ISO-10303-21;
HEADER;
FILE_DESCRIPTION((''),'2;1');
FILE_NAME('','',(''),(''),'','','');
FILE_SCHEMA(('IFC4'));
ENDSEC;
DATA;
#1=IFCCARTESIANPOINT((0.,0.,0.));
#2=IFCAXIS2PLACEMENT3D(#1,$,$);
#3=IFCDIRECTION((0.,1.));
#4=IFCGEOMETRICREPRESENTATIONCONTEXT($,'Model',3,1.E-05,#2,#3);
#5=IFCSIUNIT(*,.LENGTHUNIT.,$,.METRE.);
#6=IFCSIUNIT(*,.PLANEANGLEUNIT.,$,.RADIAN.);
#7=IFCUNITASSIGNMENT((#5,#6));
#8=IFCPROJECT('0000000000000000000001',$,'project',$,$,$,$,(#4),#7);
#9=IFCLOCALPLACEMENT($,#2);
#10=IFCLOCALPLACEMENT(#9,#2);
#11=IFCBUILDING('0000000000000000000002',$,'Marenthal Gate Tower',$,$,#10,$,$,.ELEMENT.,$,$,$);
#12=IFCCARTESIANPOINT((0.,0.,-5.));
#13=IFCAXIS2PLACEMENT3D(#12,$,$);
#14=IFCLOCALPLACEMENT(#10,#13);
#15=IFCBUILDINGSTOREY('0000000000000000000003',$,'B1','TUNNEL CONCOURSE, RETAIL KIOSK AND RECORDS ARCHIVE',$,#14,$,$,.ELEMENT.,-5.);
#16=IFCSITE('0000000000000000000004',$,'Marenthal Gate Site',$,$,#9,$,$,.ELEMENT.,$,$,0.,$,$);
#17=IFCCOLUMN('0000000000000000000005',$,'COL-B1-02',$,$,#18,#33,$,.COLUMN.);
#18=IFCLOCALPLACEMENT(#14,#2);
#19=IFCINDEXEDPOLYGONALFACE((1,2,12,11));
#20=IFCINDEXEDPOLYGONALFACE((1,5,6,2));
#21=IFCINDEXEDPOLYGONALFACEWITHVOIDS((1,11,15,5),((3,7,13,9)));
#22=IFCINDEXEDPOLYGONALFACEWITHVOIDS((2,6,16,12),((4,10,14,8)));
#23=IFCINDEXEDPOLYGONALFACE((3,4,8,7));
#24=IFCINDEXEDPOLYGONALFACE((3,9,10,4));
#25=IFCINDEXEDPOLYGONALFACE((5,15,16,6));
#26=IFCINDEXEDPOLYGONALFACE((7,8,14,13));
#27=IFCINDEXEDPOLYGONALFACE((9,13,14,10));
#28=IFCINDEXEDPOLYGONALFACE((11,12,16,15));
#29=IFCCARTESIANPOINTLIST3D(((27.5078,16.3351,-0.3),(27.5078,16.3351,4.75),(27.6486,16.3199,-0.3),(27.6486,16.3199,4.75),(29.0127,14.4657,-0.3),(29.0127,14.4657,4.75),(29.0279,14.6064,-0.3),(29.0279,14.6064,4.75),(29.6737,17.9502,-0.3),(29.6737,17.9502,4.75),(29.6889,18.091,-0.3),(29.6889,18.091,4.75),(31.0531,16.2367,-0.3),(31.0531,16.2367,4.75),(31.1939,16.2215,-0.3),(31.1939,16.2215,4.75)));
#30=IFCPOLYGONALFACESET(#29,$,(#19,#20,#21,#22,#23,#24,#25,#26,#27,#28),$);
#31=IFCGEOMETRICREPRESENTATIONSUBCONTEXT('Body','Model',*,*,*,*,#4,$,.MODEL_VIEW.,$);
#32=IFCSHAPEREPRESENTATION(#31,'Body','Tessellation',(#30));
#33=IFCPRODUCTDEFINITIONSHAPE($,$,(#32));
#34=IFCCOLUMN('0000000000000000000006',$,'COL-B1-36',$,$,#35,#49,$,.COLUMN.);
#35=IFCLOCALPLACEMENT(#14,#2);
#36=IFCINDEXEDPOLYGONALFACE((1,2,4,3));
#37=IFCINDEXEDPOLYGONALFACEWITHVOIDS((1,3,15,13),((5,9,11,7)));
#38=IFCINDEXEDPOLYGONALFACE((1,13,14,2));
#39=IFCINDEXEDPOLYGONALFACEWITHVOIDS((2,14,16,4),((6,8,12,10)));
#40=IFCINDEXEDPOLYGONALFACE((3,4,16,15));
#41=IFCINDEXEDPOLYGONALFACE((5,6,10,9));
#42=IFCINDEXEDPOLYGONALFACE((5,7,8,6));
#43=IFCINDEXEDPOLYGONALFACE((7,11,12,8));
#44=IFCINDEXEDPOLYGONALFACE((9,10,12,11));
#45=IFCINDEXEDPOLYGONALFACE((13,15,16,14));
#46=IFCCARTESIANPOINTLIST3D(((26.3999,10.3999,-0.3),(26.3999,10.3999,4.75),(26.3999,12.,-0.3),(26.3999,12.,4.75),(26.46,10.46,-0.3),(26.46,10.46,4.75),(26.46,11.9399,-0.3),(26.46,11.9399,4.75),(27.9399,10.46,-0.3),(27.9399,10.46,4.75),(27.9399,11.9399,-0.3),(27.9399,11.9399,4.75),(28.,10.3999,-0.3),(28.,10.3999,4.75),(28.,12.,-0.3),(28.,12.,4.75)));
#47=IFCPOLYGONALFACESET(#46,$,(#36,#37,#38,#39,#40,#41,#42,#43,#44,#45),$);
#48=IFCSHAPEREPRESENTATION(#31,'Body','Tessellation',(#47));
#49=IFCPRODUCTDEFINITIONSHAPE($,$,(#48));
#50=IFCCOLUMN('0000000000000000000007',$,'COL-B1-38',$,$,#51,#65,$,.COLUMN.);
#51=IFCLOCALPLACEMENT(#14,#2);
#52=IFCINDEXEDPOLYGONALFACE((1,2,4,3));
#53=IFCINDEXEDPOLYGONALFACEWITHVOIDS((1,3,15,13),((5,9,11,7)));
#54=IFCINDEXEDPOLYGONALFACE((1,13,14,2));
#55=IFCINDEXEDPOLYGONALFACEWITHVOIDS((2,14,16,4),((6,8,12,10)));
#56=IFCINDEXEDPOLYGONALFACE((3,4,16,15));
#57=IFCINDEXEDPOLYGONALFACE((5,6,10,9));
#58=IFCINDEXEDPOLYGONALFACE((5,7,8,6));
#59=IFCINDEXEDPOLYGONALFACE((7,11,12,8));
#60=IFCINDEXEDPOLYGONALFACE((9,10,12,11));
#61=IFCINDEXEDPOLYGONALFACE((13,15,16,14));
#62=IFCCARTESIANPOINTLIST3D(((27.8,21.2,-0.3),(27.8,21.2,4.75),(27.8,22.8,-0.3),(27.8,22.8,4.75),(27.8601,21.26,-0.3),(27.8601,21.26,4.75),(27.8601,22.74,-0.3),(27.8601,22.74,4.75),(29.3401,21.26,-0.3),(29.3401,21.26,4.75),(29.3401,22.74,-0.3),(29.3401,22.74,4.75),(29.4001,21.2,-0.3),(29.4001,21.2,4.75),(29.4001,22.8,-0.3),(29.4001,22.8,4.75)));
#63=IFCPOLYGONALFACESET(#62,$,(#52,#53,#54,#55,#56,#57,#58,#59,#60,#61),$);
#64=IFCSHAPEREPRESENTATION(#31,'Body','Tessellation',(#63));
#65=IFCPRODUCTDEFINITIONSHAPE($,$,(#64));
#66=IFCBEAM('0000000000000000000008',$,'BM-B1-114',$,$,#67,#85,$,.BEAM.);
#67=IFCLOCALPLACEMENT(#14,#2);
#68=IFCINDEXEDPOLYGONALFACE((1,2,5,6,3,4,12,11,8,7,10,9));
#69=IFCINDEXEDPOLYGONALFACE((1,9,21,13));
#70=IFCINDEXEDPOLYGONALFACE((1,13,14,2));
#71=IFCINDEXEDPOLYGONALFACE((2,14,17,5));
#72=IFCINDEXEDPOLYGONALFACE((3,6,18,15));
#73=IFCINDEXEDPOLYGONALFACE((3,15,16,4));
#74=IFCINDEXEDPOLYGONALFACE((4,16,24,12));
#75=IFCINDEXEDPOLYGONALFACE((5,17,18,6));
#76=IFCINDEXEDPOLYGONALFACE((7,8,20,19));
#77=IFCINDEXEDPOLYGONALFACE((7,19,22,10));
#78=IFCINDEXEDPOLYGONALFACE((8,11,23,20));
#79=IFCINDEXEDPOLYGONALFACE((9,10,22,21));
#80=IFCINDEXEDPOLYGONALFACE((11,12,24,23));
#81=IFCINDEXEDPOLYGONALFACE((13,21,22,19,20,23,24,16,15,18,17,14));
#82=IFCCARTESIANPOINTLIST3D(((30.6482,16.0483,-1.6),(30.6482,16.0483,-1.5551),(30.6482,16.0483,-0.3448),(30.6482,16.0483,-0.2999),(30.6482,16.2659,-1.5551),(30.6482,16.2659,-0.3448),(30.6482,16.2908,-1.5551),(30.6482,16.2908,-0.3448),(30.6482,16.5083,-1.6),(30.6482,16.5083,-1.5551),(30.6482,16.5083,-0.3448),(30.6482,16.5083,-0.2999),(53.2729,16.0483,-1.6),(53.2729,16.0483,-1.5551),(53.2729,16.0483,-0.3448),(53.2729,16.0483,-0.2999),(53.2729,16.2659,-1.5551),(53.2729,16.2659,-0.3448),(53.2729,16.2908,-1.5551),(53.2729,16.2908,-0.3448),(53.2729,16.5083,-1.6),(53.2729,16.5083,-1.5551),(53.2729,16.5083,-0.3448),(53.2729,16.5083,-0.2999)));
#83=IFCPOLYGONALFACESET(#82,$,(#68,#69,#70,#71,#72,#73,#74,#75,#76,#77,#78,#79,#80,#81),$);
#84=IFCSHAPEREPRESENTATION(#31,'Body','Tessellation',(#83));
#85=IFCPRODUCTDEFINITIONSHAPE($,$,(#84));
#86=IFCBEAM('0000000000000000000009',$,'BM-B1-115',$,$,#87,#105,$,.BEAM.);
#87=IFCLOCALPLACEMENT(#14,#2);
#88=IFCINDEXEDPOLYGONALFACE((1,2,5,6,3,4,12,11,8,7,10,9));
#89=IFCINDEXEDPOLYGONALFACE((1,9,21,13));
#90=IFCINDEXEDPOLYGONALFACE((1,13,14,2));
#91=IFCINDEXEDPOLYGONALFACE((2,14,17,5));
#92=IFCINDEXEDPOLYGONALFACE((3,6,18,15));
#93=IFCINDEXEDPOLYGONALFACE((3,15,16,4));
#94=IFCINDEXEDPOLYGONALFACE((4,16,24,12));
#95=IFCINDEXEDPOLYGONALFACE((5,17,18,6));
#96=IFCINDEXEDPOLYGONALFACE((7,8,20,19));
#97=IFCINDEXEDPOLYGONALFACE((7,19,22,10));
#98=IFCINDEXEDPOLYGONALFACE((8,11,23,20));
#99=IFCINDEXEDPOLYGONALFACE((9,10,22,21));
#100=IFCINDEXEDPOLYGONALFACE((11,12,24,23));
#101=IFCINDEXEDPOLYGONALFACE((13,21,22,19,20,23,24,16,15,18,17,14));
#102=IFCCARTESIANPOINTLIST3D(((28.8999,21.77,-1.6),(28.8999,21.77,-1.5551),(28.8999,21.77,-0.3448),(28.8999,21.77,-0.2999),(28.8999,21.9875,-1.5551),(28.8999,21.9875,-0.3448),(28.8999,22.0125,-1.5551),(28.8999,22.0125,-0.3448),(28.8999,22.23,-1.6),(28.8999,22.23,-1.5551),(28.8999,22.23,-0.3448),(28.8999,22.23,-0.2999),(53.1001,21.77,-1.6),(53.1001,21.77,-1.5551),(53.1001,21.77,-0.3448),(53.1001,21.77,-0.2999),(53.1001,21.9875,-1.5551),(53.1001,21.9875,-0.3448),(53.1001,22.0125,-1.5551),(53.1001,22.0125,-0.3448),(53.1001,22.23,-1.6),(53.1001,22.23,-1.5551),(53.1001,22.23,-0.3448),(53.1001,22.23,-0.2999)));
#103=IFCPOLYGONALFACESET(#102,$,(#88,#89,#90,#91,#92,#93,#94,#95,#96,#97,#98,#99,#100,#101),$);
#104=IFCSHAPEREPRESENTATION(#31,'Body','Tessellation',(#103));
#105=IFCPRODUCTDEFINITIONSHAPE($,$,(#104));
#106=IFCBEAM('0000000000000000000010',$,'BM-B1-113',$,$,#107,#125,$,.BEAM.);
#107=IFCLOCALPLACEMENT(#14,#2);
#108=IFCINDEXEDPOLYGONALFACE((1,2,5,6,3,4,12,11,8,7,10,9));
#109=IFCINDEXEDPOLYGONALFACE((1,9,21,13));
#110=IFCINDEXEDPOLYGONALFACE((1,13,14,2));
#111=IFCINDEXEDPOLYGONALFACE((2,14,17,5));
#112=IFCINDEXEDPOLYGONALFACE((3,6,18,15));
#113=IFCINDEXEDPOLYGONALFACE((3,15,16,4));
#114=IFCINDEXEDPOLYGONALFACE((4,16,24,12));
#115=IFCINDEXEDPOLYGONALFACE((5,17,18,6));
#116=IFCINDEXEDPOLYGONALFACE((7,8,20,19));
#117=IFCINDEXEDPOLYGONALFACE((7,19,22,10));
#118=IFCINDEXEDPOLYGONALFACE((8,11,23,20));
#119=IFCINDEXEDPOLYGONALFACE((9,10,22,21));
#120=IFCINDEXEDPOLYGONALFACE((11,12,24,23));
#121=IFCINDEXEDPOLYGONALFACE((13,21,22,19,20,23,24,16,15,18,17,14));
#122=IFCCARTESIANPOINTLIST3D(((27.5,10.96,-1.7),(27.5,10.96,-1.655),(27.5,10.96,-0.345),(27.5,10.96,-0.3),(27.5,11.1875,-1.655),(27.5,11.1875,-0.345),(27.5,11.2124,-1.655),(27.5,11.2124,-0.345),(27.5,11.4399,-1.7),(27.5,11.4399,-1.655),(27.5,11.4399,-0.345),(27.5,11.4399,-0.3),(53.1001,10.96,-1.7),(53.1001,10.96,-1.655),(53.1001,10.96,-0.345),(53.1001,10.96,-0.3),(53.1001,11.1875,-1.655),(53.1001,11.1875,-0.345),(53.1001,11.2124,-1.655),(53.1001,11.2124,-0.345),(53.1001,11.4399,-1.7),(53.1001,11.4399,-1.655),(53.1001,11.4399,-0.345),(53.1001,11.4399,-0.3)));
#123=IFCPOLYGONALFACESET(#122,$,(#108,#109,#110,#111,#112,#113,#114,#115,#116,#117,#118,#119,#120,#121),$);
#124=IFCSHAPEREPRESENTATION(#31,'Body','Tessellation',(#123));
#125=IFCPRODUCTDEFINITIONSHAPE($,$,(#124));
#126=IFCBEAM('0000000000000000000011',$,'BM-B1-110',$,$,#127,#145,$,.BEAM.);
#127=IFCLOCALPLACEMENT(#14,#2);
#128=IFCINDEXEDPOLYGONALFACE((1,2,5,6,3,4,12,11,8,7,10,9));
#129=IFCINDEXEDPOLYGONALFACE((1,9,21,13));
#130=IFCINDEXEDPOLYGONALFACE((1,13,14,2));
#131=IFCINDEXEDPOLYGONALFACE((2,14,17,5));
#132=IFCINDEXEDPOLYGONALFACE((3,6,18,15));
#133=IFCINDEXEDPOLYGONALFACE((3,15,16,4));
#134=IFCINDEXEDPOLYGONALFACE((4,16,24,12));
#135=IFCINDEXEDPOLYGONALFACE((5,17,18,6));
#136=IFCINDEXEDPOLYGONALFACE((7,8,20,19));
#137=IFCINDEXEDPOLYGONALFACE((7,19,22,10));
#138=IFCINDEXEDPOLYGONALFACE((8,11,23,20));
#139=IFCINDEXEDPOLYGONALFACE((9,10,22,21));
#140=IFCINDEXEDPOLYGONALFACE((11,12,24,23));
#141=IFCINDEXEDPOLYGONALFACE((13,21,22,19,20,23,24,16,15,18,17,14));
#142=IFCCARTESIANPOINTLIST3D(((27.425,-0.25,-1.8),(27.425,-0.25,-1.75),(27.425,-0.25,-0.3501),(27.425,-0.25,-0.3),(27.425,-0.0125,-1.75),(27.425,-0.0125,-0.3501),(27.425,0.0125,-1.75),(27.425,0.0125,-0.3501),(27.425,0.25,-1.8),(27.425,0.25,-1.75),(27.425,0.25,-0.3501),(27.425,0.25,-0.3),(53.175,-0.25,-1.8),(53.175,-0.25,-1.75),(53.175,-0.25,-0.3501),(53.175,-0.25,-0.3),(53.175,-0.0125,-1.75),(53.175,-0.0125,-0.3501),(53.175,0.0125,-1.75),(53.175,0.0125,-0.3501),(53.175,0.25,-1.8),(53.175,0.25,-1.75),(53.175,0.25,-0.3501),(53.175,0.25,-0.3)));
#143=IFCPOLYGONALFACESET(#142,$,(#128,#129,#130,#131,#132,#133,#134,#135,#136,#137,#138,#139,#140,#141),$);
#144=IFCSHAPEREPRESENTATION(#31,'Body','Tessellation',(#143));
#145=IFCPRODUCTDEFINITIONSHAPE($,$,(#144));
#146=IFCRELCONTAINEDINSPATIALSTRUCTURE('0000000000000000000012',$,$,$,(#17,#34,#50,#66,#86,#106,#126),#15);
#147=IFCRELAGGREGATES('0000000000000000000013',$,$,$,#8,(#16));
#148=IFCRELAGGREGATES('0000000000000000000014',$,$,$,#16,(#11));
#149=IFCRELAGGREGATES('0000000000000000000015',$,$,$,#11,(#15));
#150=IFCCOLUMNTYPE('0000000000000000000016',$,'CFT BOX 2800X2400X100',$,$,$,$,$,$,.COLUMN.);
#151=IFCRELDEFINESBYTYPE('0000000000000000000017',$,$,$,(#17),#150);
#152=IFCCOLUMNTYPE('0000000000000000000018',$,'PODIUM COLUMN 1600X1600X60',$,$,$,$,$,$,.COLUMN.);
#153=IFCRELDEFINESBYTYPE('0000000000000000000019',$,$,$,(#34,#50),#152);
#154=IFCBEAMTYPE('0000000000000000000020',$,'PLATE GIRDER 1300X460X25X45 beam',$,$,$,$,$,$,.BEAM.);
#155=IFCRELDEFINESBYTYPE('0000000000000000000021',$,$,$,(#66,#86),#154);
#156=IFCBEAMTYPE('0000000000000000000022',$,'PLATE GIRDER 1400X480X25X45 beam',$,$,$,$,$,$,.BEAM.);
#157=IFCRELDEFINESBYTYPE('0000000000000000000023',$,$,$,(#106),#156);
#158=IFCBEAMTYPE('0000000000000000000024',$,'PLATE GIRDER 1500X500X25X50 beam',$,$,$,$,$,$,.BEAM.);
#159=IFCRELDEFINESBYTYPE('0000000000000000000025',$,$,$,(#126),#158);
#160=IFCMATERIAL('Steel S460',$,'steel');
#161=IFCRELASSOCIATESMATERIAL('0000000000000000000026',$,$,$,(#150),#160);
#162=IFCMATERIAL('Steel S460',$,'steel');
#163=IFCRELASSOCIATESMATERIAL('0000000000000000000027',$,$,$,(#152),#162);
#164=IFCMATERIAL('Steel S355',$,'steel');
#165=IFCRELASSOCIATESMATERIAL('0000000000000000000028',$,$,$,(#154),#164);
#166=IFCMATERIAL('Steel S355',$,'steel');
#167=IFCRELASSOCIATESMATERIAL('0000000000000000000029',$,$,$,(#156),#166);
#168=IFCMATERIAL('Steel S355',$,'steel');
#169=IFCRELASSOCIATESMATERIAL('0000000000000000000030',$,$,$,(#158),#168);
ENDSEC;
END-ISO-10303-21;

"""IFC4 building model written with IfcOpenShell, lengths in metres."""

from ifc_helpers import new_model, si_unit, direction, frame, origin, origin_2d, place, context, subcontext, project, spatial, rectangle, hollow_rectangle, i_section, extrude, material, material_profile, profile_set, type_object, element, save


model = new_model("IFC4")

# Units and contexts
model_context = context("Model", 3, precision=1e-05, world=origin(), true_north=direction((0.0, 1.0)))
body_context = subcontext(model_context, "Body", "Model", "MODEL_VIEW")
ifc_project = project(units=[si_unit("LENGTHUNIT", "METRE"), si_unit("PLANEANGLEUNIT", "RADIAN")], contexts=[model_context])

# Site, building, storey
site_placement = place(None, origin())
site = spatial("IfcSite", under=ifc_project, at=site_placement, Name="Marenthal Gate Site", CompositionType="ELEMENT", RefElevation=0.0)
building_placement = place(site_placement, origin())
building = spatial("IfcBuilding", under=site, at=building_placement, Name="Marenthal Gate Tower", CompositionType="ELEMENT")
storey_placement = place(building_placement, frame((0.0, 0.0, -5.0)))
storey = spatial("IfcBuildingStorey", under=building, at=storey_placement, Name="B1", Description="TUNNEL CONCOURSE, RETAIL KIOSK AND RECORDS ARCHIVE", CompositionType="ELEMENT", Elevation=-5.0)

# Columns
ifc_material_1 = material(Name="Steel S460", Category="steel")
ifc_material_profile_1 = material_profile(ifc_material_1, hollow_rectangle(XDim=2.3999, YDim=2.8, WallThickness=0.1001, at=origin_2d()), Name="CFT BOX 2800X2400X100")
ifc_material_2 = material(Name="Concrete 70 MPa", Category="concrete")
ifc_material_profile_2 = material_profile(ifc_material_2, rectangle(XDim=2.2, YDim=2.6001, at=origin_2d()), Name="CFT BOX 2800X2400X100 INFILL")
ifc_profile_set_1 = profile_set([ifc_material_profile_1, ifc_material_profile_2], Name="Steel S460 shell, Concrete 70 MPa infill")
column_type_1 = type_object("IfcColumnType", Name="CFT BOX 2800X2400X100", PredefinedType="COLUMN", material=ifc_profile_set_1)
column_placement = place(storey_placement, frame((29.3508, 16.2783, -0.3), z_axis=(0.0, 0.0, 1.0), x_axis=(0.62707, -0.778963, 0.0)))
element("IfcColumn", 1, at=column_placement, inside=storey, type_object=column_type_1, Name="COL-B1-02", PredefinedType="COLUMN", context=body_context, shape_type="SweptSolid", body=[
    extrude(hollow_rectangle(XDim=2.3999, YDim=2.8, WallThickness=0.1001, at=origin_2d()), origin(), (0.0, 0.0, 1.0), 5.05),
])
ifc_material_3 = material(Name="Steel S460", Category="steel")
ifc_material_profile_3 = material_profile(ifc_material_3, hollow_rectangle(XDim=1.6001, YDim=1.6001, WallThickness=0.0601, at=origin_2d()), Name="CFT BOX 1600X1600X60")
ifc_material_4 = material(Name="Concrete 70 MPa", Category="concrete")
ifc_material_profile_4 = material_profile(ifc_material_4, rectangle(XDim=1.48, YDim=1.48, at=origin_2d()), Name="CFT BOX 1600X1600X60 INFILL")
ifc_profile_set_2 = profile_set([ifc_material_profile_3, ifc_material_profile_4], Name="Steel S460 shell, Concrete 70 MPa infill")
column_type_2 = type_object("IfcColumnType", Name="PODIUM COLUMN 1600X1600X60", PredefinedType="COLUMN", material=ifc_profile_set_2)
for number, where, z_axis, x_axis, name in (
    (2, (27.2, 11.2, -0.3), (0.0, 0.0, 1.0), (1.0, 0.0, 0.0), "COL-B1-36"),
    (3, (28.6001, 22.0, -0.3), (0.0, 0.0, 1.0), (1.0, 0.0, 0.0), "COL-B1-38"),
):
    element("IfcColumn", number, at=place(storey_placement, frame(where, z_axis=z_axis, x_axis=x_axis)), inside=storey, type_object=column_type_2, Name=name, PredefinedType="COLUMN", context=body_context, shape_type="SweptSolid", body=[
        extrude(hollow_rectangle(XDim=1.6001, YDim=1.6001, WallThickness=0.0601, at=origin_2d()), origin(), (0.0, 0.0, 1.0), 5.05),
    ])

# Beams
ifc_material_5 = material(Name="Steel S355", Category="steel")
ifc_material_profile_5 = material_profile(ifc_material_5, i_section(OverallWidth=0.46, OverallDepth=1.3, WebThickness=0.0249, FlangeThickness=0.0449, at=origin_2d()), Name="PLATE GIRDER 1300X460X25X45")
ifc_profile_set_3 = profile_set([ifc_material_profile_5], Name="Steel S355")
beam_type_1 = type_object("IfcBeamType", Name="PLATE GIRDER 1300X460X25X45 beam", PredefinedType="BEAM", material=ifc_profile_set_3)
beam_1_placement = place(storey_placement, frame((30.6482, 16.2783, -0.95), z_axis=(1.0, 0.0, 0.0), x_axis=(0.0, 1.0, 0.0)))
element("IfcBeam", 4, at=beam_1_placement, inside=storey, type_object=beam_type_1, Name="BM-B1-114", PredefinedType="BEAM", context=body_context, shape_type="SweptSolid", body=[
    extrude(i_section(OverallWidth=0.46, OverallDepth=1.3, WebThickness=0.0249, FlangeThickness=0.0449, at=origin_2d()), origin(), (0.0, 0.0, 1.0), 22.6248),
])
beam_2_placement = place(storey_placement, frame((28.8999, 22.0, -0.95), z_axis=(1.0, 0.0, 0.0), x_axis=(0.0, 1.0, 0.0)))
element("IfcBeam", 5, at=beam_2_placement, inside=storey, type_object=beam_type_1, Name="BM-B1-115", PredefinedType="BEAM", context=body_context, shape_type="SweptSolid", body=[
    extrude(i_section(OverallWidth=0.46, OverallDepth=1.3, WebThickness=0.0249, FlangeThickness=0.0449, at=origin_2d()), origin(), (0.0, 0.0, 1.0), 24.2002),
])
ifc_material_6 = material(Name="Steel S355", Category="steel")
ifc_material_profile_6 = material_profile(ifc_material_6, i_section(OverallWidth=0.48, OverallDepth=1.3999, WebThickness=0.0249, FlangeThickness=0.0449, at=origin_2d()), Name="PLATE GIRDER 1400X480X25X45")
ifc_profile_set_4 = profile_set([ifc_material_profile_6], Name="Steel S355")
beam_type_2 = type_object("IfcBeamType", Name="PLATE GIRDER 1400X480X25X45 beam", PredefinedType="BEAM", material=ifc_profile_set_4)
beam_3_placement = place(storey_placement, frame((27.5, 11.2, -1.0), z_axis=(1.0, 0.0, 0.0), x_axis=(0.0, 1.0, 0.0)))
element("IfcBeam", 6, at=beam_3_placement, inside=storey, type_object=beam_type_2, Name="BM-B1-113", PredefinedType="BEAM", context=body_context, shape_type="SweptSolid", body=[
    extrude(i_section(OverallWidth=0.48, OverallDepth=1.3999, WebThickness=0.0249, FlangeThickness=0.0449, at=origin_2d()), origin(), (0.0, 0.0, 1.0), 25.6001),
])
ifc_material_7 = material(Name="Steel S355", Category="steel")
ifc_material_profile_7 = material_profile(ifc_material_7, i_section(OverallWidth=0.5, OverallDepth=1.5, WebThickness=0.0249, FlangeThickness=0.05, at=origin_2d()), Name="PLATE GIRDER 1500X500X25X50")
ifc_profile_set_5 = profile_set([ifc_material_profile_7], Name="Steel S355")
beam_type_3 = type_object("IfcBeamType", Name="PLATE GIRDER 1500X500X25X50 beam", PredefinedType="BEAM", material=ifc_profile_set_5)
beam_4_placement = place(storey_placement, frame((27.425, 0.0, -1.05), z_axis=(1.0, 0.0, 0.0), x_axis=(0.0, 1.0, 0.0)))
element("IfcBeam", 7, at=beam_4_placement, inside=storey, type_object=beam_type_3, Name="BM-B1-110", PredefinedType="BEAM", context=body_context, shape_type="SweptSolid", body=[
    extrude(i_section(OverallWidth=0.5, OverallDepth=1.5, WebThickness=0.0249, FlangeThickness=0.05, at=origin_2d()), origin(), (0.0, 0.0, 1.0), 25.75),
])

save(model, "model.ifc")
